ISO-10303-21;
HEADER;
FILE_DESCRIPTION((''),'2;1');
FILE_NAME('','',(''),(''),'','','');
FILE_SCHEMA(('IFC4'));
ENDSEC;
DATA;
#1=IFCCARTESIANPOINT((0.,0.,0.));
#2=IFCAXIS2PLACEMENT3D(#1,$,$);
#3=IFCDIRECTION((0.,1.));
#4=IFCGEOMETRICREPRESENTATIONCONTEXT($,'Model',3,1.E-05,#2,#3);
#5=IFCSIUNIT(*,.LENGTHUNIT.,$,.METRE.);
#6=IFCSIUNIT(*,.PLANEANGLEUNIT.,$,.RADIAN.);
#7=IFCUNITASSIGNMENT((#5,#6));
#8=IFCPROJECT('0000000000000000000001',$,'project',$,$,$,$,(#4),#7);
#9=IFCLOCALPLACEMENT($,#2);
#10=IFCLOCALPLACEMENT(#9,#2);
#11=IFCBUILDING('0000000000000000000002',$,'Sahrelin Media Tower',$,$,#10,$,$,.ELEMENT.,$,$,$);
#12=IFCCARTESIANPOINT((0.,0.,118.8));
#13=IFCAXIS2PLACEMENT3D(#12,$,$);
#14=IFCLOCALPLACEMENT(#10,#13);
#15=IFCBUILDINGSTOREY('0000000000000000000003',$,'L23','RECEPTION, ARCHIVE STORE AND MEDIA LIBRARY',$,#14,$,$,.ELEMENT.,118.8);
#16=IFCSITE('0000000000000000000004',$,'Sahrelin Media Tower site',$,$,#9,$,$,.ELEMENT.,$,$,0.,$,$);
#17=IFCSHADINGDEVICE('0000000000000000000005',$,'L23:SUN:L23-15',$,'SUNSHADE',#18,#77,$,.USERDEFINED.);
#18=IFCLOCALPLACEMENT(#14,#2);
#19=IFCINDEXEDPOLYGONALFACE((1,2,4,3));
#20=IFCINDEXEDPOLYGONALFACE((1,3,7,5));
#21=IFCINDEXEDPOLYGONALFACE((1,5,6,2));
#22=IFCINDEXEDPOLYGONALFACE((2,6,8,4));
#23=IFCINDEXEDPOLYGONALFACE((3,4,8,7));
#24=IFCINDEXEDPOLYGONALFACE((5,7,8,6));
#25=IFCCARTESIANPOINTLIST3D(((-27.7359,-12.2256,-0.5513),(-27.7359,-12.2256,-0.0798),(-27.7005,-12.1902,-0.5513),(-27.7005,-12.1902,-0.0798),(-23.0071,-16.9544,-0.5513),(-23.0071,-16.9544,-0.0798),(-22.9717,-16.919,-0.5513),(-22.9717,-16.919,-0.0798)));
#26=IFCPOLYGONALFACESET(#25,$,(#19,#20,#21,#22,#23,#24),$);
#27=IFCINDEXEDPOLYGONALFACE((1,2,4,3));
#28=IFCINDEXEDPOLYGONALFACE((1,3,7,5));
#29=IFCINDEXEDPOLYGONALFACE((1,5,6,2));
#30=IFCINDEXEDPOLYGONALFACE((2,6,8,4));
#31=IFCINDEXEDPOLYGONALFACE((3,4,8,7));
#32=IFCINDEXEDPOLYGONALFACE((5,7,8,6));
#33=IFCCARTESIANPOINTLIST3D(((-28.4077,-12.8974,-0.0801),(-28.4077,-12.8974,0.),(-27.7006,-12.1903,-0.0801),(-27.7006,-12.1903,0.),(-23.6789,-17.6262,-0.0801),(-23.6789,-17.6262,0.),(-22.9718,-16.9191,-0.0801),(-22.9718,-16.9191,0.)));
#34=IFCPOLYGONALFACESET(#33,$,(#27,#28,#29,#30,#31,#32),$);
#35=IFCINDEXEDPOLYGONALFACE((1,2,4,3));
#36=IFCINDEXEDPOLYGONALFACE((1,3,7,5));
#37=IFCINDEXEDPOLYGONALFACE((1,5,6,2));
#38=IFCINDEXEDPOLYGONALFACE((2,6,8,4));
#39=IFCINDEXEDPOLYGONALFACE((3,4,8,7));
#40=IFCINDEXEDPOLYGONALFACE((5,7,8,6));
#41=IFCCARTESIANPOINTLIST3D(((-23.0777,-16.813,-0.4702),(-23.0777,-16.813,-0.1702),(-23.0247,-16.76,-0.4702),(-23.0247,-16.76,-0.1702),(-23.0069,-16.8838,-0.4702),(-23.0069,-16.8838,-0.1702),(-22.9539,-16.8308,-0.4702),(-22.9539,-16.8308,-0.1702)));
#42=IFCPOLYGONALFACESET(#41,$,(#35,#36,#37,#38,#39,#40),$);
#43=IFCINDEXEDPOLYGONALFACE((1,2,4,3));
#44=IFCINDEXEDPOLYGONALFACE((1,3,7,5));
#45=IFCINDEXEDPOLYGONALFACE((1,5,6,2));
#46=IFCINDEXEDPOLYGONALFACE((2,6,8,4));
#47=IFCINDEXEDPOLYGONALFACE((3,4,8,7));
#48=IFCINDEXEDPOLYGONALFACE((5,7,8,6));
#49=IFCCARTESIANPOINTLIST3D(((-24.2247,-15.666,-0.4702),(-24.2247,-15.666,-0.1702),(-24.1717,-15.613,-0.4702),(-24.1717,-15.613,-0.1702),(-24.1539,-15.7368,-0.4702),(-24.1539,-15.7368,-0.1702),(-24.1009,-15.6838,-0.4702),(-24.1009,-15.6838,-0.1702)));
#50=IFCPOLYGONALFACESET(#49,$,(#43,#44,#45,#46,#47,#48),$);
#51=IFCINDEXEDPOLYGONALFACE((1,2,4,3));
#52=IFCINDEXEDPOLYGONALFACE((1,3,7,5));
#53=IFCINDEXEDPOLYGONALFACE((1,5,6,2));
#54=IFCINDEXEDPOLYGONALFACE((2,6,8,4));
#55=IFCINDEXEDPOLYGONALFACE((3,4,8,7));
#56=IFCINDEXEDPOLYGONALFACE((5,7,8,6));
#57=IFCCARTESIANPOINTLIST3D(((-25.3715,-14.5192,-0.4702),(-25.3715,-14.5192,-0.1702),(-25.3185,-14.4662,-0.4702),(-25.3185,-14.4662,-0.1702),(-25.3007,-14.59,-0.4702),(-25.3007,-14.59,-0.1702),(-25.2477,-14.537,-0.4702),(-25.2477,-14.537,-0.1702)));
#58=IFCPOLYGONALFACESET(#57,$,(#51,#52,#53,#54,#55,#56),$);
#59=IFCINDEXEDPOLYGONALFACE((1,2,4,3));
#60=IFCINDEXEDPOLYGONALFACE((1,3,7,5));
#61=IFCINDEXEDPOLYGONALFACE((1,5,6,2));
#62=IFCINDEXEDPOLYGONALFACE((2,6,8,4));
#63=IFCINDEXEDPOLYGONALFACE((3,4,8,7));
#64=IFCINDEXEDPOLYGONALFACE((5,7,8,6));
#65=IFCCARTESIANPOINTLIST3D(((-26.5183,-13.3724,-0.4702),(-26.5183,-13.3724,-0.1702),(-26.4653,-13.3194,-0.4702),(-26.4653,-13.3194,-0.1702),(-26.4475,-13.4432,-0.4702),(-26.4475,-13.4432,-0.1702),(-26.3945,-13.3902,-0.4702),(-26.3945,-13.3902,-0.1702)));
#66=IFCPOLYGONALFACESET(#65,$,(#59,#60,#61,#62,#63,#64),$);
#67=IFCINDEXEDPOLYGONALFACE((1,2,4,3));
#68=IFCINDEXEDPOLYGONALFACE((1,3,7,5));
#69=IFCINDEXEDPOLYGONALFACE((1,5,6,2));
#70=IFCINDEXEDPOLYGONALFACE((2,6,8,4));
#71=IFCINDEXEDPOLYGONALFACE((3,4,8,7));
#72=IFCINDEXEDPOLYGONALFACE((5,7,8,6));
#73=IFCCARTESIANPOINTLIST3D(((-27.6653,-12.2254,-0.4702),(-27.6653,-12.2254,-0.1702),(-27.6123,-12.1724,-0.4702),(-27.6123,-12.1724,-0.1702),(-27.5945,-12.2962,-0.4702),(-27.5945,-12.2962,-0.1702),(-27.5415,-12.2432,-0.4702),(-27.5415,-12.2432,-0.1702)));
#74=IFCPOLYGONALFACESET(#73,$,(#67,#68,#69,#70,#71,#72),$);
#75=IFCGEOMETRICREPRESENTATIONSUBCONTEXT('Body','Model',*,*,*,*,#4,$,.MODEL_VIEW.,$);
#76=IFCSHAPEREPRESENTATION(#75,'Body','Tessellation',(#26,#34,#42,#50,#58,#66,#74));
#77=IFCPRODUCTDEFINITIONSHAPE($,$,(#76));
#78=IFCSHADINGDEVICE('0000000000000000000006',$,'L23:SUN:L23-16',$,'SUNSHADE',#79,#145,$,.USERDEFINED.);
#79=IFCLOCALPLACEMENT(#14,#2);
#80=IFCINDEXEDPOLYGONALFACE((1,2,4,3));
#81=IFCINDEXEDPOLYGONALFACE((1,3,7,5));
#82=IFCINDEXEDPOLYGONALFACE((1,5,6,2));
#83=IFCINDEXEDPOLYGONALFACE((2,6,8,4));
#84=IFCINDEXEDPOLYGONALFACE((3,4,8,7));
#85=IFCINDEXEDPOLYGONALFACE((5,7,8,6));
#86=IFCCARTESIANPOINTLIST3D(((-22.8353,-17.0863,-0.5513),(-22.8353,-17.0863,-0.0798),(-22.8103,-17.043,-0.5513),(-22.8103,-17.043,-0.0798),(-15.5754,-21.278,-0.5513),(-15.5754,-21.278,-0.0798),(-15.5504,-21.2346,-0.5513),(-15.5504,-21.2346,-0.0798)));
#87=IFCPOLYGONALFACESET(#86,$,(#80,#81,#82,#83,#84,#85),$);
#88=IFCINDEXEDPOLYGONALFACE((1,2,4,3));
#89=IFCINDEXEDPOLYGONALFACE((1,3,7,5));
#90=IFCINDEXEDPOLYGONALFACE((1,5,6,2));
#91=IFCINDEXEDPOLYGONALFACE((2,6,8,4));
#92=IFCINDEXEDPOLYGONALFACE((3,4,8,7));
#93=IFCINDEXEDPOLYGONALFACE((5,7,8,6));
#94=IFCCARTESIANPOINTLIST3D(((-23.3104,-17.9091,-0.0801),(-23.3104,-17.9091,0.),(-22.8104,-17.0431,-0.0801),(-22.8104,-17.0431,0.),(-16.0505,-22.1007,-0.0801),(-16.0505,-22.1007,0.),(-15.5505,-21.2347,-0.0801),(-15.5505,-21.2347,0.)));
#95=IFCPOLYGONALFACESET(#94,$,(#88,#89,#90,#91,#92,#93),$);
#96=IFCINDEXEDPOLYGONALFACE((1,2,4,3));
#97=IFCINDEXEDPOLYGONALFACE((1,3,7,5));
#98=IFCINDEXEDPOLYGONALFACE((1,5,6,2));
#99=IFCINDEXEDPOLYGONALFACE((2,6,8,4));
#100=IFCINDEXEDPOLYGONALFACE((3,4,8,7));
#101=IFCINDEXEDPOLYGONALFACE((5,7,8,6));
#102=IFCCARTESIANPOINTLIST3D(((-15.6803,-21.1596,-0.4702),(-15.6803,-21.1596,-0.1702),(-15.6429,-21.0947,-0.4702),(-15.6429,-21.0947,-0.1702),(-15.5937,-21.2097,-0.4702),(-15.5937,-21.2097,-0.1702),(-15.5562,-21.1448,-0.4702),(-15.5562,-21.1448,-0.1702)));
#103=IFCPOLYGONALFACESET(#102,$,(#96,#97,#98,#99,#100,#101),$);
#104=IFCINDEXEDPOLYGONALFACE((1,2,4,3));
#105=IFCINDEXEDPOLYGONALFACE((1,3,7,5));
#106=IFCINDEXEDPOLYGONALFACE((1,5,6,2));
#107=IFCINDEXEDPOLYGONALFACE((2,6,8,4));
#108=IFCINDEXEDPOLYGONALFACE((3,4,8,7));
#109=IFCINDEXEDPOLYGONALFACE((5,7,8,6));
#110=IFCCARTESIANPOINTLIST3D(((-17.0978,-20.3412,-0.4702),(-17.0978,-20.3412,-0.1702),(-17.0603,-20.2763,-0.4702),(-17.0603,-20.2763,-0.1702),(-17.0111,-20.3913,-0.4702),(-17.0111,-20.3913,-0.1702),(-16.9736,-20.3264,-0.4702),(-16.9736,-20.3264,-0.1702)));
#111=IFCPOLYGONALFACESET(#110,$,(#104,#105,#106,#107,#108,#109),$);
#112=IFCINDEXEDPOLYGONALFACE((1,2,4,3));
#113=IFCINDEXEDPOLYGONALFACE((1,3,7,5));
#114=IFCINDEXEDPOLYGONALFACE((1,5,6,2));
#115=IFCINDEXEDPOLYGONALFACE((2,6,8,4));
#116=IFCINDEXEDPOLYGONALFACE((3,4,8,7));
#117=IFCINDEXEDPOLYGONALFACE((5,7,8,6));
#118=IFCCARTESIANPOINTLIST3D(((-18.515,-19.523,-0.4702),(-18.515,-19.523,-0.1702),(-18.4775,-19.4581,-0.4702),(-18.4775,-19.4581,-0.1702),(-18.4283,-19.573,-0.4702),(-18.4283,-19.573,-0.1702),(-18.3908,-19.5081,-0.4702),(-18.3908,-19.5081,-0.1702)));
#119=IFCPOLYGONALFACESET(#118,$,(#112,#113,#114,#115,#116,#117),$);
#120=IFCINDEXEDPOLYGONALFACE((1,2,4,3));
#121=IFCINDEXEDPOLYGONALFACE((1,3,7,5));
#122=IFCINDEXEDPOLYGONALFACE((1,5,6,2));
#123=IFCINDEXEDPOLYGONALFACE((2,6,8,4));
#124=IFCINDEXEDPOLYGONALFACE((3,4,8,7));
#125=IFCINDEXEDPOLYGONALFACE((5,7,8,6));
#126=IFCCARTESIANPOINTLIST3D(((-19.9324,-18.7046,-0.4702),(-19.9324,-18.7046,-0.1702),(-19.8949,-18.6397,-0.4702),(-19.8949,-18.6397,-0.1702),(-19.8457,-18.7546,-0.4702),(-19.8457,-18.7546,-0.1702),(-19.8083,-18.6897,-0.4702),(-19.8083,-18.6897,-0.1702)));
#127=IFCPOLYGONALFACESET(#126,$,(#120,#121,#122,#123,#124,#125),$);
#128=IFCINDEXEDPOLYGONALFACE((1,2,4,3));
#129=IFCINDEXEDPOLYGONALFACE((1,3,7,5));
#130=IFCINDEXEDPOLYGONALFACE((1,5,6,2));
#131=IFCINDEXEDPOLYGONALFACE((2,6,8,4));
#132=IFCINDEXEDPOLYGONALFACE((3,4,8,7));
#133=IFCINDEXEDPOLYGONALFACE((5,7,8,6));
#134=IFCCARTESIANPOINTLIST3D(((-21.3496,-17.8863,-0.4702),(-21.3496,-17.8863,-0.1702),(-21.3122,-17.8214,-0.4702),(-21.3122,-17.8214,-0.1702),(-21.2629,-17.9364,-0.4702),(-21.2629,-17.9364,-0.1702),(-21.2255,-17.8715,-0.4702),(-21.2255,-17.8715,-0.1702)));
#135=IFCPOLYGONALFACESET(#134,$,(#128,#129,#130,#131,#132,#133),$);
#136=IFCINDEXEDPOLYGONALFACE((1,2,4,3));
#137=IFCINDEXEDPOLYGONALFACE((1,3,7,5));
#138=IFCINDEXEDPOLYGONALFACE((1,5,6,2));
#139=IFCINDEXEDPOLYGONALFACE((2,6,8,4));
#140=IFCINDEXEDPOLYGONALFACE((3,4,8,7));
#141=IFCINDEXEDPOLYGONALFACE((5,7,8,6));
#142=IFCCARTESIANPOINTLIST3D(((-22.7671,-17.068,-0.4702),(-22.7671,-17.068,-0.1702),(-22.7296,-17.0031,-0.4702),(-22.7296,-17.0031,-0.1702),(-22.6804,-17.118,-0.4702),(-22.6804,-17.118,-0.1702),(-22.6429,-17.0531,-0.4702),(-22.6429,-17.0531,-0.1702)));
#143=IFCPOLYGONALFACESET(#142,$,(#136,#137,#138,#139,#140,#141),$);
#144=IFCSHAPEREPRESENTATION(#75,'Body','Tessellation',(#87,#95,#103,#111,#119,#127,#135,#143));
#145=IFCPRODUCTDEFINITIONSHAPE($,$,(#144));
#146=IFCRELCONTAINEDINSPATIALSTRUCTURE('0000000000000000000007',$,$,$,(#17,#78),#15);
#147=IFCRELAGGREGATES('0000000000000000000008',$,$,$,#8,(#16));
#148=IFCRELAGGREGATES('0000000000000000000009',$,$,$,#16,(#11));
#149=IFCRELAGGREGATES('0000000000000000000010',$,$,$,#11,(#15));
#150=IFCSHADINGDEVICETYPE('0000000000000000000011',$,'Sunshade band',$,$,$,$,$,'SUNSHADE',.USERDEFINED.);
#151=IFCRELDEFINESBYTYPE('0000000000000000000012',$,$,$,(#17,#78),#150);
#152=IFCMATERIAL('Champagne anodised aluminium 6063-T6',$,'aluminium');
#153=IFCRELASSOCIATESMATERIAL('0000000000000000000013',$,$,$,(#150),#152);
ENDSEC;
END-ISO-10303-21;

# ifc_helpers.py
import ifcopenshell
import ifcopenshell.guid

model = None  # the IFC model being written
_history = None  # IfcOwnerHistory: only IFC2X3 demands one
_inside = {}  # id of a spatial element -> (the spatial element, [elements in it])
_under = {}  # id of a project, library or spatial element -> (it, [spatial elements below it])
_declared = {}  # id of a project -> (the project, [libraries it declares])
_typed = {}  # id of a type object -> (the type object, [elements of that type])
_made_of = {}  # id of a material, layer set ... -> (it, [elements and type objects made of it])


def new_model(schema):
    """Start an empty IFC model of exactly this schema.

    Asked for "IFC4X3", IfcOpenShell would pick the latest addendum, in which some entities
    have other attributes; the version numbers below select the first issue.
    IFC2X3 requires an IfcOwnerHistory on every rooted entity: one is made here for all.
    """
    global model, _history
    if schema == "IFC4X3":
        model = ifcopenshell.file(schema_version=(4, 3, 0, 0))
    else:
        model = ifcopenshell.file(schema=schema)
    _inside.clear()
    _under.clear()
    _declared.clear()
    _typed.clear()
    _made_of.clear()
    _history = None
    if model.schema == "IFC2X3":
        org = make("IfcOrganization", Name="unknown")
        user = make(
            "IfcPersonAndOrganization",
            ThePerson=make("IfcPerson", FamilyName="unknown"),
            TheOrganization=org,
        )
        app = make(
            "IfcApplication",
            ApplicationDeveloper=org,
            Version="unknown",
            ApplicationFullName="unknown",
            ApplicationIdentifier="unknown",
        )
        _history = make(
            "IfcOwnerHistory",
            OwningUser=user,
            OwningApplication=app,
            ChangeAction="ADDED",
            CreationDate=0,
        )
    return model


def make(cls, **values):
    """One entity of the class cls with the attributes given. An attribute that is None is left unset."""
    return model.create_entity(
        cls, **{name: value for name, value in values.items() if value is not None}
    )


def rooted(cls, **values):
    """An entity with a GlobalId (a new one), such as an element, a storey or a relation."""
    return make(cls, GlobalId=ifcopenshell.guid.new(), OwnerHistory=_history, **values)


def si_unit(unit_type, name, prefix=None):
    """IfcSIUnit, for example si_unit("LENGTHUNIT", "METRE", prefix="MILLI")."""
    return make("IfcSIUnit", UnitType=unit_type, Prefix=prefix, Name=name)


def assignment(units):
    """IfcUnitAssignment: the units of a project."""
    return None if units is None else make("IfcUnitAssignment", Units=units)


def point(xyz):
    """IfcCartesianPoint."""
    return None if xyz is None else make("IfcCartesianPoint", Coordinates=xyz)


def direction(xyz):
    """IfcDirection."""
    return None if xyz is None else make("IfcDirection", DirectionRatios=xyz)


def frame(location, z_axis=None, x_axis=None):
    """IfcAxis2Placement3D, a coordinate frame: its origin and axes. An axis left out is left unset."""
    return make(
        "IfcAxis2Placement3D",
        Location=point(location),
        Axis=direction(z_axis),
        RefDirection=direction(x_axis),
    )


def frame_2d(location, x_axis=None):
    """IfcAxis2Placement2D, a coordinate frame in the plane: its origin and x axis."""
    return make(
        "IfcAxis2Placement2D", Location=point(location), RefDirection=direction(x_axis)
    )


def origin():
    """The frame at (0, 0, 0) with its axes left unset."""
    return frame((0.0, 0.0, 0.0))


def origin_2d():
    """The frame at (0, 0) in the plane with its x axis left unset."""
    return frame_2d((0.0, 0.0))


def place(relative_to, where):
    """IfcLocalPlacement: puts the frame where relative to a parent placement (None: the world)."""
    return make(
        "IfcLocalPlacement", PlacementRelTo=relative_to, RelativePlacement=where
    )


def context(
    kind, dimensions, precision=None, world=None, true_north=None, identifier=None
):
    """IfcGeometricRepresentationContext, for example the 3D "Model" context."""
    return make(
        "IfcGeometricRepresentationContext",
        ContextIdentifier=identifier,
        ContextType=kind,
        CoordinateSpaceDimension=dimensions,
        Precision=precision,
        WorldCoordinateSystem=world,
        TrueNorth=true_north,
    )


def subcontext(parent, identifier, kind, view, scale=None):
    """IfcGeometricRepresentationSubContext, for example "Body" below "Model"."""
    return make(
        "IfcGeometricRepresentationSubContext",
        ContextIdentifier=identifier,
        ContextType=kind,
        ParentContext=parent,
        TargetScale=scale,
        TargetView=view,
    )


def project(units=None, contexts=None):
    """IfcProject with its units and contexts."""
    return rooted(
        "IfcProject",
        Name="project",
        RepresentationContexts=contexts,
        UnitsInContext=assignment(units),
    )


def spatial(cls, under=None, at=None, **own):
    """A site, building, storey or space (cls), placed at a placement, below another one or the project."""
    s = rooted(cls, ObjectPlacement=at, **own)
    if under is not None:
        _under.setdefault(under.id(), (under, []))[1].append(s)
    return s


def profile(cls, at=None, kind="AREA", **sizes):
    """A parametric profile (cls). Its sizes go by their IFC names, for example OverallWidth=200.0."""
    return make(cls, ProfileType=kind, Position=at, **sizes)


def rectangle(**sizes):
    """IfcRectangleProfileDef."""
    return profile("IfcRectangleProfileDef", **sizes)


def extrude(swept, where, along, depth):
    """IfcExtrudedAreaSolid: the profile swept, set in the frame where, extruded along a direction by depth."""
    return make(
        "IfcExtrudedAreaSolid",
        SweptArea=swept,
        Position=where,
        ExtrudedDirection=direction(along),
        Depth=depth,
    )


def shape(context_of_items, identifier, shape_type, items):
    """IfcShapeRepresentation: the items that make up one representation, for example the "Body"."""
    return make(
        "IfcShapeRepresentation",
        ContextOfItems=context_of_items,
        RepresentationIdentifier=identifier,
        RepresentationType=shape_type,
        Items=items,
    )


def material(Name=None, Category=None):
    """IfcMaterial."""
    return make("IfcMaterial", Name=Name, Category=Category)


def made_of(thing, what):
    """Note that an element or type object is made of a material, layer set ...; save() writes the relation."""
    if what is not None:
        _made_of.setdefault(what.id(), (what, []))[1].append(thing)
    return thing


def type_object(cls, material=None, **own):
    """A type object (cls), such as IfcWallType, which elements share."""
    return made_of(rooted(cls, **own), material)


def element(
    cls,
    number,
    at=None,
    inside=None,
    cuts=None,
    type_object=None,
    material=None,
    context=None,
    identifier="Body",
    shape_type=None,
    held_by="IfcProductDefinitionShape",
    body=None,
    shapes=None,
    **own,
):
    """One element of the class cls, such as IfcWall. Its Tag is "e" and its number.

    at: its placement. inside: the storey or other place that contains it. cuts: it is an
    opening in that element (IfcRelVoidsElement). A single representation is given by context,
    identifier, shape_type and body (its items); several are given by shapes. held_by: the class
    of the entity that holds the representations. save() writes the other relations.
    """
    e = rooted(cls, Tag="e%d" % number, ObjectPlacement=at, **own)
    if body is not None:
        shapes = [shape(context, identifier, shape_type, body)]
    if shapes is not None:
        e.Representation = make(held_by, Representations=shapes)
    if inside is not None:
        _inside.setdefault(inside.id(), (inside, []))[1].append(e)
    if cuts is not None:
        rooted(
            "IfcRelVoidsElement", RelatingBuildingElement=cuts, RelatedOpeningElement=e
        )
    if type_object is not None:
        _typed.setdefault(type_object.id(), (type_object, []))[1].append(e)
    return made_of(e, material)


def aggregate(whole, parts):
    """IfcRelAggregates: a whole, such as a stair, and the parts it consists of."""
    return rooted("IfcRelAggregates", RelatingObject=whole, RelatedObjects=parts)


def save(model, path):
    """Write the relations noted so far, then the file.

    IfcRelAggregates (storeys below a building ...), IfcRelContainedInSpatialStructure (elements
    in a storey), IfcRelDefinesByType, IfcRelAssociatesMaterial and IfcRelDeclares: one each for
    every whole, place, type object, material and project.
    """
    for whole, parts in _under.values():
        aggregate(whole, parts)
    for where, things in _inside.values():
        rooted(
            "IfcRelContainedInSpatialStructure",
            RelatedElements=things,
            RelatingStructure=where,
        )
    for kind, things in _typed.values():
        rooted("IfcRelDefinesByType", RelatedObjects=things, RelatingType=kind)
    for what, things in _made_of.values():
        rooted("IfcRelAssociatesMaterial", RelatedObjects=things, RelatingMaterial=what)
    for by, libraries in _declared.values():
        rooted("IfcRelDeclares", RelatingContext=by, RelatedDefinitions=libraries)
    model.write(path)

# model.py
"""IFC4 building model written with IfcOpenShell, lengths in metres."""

from ifc_helpers import new_model, si_unit, direction, frame, origin, origin_2d, place, context, subcontext, project, spatial, rectangle, extrude, material, type_object, element, save


model = new_model("IFC4")

# Units and contexts
model_context = context("Model", 3, precision=1e-05, world=origin(), true_north=direction((0.0, 1.0)))
body_context = subcontext(model_context, "Body", "Model", "MODEL_VIEW")
ifc_project = project(units=[si_unit("LENGTHUNIT", "METRE"), si_unit("PLANEANGLEUNIT", "RADIAN")], contexts=[model_context])

# Site, building, storey
site_placement = place(None, origin())
site = spatial("IfcSite", under=ifc_project, at=site_placement, Name="Sahrelin Media Tower site", CompositionType="ELEMENT", RefElevation=0.0)
building_placement = place(site_placement, origin())
building = spatial("IfcBuilding", under=site, at=building_placement, Name="Sahrelin Media Tower", CompositionType="ELEMENT")
storey_placement = place(building_placement, frame((0.0, 0.0, 118.8)))
storey = spatial("IfcBuildingStorey", under=building, at=storey_placement, Name="L23", Description="RECEPTION, ARCHIVE STORE AND MEDIA LIBRARY", CompositionType="ELEMENT", Elevation=118.8)

# Shared definitions
ifc_material_1 = material(Name="Champagne anodised aluminium 6063-T6", Category="aluminium")

# Shading devices
placement_1 = place(storey_placement, frame((-25.322, -14.5405, 0.0), z_axis=(0.0, 0.0, 1.0), x_axis=(-0.707107, 0.707107, 0.0)))
placement_2 = place(storey_placement, frame((-19.1704, -19.1216, 0.0), z_axis=(0.0, 0.0, 1.0), x_axis=(-0.866019, 0.500011, 0.0)))
shading_device_type_1 = type_object("IfcShadingDeviceType", Name="Sunshade band", ElementType="SUNSHADE", PredefinedType="USERDEFINED", material=ifc_material_1)
element("IfcShadingDevice", 1, at=placement_1, inside=storey, type_object=shading_device_type_1, Name="L23:SUN:L23-15", ObjectType="SUNSHADE", PredefinedType="USERDEFINED", context=body_context, shape_type="SweptSolid", body=[
    extrude(rectangle(XDim=6.6875, YDim=0.05, at=origin_2d()), frame((0.0, 0.0449, -0.5513)), (0.0, 0.0, 1.0), 0.4714),
    extrude(rectangle(XDim=6.6875, YDim=1.0, at=origin_2d()), frame((0.0, 0.52, -0.0801)), (0.0, 0.0, 1.0), 0.0801),
    extrude(rectangle(XDim=0.1001, YDim=0.075, at=origin_2d()), frame((-3.2439, -0.0176, -0.4702)), (0.0, 0.0, 1.0), 0.3),
    extrude(rectangle(XDim=0.1001, YDim=0.075, at=origin_2d()), frame((-1.6218, -0.0176, -0.4702)), (0.0, 0.0, 1.0), 0.3),
    extrude(rectangle(XDim=0.1001, YDim=0.075, at=origin_2d()), frame((0.0, -0.0176, -0.4702)), (0.0, 0.0, 1.0), 0.3),
    extrude(rectangle(XDim=0.1001, YDim=0.075, at=origin_2d()), frame((1.6218, -0.0176, -0.4702)), (0.0, 0.0, 1.0), 0.3),
    extrude(rectangle(XDim=0.1001, YDim=0.075, at=origin_2d()), frame((3.2439, -0.0176, -0.4702)), (0.0, 0.0, 1.0), 0.3),
])
element("IfcShadingDevice", 2, at=placement_2, inside=storey, type_object=shading_device_type_1, Name="L23:SUN:L23-16", ObjectType="SUNSHADE", PredefinedType="USERDEFINED", context=body_context, shape_type="SweptSolid", body=[
    extrude(rectangle(XDim=8.3831, YDim=0.05, at=origin_2d()), frame((0.0, 0.0449, -0.5513)), (0.0, 0.0, 1.0), 0.4714),
    extrude(rectangle(XDim=8.3831, YDim=1.0, at=origin_2d()), frame((0.0, 0.52, -0.0801)), (0.0, 0.0, 1.0), 0.0801),
    extrude(rectangle(XDim=0.1001, YDim=0.075, at=origin_2d()), frame((-4.0916, -0.0176, -0.4702)), (0.0, 0.0, 1.0), 0.3),
    extrude(rectangle(XDim=0.1001, YDim=0.075, at=origin_2d()), frame((-2.4548, -0.0176, -0.4702)), (0.0, 0.0, 1.0), 0.3),
    extrude(rectangle(XDim=0.1001, YDim=0.075, at=origin_2d()), frame((-0.8184, -0.0176, -0.4702)), (0.0, 0.0, 1.0), 0.3),
    extrude(rectangle(XDim=0.1001, YDim=0.075, at=origin_2d()), frame((0.8184, -0.0176, -0.4702)), (0.0, 0.0, 1.0), 0.3),
    extrude(rectangle(XDim=0.1001, YDim=0.075, at=origin_2d()), frame((2.4548, -0.0176, -0.4702)), (0.0, 0.0, 1.0), 0.3),
    extrude(rectangle(XDim=0.1001, YDim=0.075, at=origin_2d()), frame((4.0916, -0.0176, -0.4702)), (0.0, 0.0, 1.0), 0.3),
])

save(model, "model.ifc")
